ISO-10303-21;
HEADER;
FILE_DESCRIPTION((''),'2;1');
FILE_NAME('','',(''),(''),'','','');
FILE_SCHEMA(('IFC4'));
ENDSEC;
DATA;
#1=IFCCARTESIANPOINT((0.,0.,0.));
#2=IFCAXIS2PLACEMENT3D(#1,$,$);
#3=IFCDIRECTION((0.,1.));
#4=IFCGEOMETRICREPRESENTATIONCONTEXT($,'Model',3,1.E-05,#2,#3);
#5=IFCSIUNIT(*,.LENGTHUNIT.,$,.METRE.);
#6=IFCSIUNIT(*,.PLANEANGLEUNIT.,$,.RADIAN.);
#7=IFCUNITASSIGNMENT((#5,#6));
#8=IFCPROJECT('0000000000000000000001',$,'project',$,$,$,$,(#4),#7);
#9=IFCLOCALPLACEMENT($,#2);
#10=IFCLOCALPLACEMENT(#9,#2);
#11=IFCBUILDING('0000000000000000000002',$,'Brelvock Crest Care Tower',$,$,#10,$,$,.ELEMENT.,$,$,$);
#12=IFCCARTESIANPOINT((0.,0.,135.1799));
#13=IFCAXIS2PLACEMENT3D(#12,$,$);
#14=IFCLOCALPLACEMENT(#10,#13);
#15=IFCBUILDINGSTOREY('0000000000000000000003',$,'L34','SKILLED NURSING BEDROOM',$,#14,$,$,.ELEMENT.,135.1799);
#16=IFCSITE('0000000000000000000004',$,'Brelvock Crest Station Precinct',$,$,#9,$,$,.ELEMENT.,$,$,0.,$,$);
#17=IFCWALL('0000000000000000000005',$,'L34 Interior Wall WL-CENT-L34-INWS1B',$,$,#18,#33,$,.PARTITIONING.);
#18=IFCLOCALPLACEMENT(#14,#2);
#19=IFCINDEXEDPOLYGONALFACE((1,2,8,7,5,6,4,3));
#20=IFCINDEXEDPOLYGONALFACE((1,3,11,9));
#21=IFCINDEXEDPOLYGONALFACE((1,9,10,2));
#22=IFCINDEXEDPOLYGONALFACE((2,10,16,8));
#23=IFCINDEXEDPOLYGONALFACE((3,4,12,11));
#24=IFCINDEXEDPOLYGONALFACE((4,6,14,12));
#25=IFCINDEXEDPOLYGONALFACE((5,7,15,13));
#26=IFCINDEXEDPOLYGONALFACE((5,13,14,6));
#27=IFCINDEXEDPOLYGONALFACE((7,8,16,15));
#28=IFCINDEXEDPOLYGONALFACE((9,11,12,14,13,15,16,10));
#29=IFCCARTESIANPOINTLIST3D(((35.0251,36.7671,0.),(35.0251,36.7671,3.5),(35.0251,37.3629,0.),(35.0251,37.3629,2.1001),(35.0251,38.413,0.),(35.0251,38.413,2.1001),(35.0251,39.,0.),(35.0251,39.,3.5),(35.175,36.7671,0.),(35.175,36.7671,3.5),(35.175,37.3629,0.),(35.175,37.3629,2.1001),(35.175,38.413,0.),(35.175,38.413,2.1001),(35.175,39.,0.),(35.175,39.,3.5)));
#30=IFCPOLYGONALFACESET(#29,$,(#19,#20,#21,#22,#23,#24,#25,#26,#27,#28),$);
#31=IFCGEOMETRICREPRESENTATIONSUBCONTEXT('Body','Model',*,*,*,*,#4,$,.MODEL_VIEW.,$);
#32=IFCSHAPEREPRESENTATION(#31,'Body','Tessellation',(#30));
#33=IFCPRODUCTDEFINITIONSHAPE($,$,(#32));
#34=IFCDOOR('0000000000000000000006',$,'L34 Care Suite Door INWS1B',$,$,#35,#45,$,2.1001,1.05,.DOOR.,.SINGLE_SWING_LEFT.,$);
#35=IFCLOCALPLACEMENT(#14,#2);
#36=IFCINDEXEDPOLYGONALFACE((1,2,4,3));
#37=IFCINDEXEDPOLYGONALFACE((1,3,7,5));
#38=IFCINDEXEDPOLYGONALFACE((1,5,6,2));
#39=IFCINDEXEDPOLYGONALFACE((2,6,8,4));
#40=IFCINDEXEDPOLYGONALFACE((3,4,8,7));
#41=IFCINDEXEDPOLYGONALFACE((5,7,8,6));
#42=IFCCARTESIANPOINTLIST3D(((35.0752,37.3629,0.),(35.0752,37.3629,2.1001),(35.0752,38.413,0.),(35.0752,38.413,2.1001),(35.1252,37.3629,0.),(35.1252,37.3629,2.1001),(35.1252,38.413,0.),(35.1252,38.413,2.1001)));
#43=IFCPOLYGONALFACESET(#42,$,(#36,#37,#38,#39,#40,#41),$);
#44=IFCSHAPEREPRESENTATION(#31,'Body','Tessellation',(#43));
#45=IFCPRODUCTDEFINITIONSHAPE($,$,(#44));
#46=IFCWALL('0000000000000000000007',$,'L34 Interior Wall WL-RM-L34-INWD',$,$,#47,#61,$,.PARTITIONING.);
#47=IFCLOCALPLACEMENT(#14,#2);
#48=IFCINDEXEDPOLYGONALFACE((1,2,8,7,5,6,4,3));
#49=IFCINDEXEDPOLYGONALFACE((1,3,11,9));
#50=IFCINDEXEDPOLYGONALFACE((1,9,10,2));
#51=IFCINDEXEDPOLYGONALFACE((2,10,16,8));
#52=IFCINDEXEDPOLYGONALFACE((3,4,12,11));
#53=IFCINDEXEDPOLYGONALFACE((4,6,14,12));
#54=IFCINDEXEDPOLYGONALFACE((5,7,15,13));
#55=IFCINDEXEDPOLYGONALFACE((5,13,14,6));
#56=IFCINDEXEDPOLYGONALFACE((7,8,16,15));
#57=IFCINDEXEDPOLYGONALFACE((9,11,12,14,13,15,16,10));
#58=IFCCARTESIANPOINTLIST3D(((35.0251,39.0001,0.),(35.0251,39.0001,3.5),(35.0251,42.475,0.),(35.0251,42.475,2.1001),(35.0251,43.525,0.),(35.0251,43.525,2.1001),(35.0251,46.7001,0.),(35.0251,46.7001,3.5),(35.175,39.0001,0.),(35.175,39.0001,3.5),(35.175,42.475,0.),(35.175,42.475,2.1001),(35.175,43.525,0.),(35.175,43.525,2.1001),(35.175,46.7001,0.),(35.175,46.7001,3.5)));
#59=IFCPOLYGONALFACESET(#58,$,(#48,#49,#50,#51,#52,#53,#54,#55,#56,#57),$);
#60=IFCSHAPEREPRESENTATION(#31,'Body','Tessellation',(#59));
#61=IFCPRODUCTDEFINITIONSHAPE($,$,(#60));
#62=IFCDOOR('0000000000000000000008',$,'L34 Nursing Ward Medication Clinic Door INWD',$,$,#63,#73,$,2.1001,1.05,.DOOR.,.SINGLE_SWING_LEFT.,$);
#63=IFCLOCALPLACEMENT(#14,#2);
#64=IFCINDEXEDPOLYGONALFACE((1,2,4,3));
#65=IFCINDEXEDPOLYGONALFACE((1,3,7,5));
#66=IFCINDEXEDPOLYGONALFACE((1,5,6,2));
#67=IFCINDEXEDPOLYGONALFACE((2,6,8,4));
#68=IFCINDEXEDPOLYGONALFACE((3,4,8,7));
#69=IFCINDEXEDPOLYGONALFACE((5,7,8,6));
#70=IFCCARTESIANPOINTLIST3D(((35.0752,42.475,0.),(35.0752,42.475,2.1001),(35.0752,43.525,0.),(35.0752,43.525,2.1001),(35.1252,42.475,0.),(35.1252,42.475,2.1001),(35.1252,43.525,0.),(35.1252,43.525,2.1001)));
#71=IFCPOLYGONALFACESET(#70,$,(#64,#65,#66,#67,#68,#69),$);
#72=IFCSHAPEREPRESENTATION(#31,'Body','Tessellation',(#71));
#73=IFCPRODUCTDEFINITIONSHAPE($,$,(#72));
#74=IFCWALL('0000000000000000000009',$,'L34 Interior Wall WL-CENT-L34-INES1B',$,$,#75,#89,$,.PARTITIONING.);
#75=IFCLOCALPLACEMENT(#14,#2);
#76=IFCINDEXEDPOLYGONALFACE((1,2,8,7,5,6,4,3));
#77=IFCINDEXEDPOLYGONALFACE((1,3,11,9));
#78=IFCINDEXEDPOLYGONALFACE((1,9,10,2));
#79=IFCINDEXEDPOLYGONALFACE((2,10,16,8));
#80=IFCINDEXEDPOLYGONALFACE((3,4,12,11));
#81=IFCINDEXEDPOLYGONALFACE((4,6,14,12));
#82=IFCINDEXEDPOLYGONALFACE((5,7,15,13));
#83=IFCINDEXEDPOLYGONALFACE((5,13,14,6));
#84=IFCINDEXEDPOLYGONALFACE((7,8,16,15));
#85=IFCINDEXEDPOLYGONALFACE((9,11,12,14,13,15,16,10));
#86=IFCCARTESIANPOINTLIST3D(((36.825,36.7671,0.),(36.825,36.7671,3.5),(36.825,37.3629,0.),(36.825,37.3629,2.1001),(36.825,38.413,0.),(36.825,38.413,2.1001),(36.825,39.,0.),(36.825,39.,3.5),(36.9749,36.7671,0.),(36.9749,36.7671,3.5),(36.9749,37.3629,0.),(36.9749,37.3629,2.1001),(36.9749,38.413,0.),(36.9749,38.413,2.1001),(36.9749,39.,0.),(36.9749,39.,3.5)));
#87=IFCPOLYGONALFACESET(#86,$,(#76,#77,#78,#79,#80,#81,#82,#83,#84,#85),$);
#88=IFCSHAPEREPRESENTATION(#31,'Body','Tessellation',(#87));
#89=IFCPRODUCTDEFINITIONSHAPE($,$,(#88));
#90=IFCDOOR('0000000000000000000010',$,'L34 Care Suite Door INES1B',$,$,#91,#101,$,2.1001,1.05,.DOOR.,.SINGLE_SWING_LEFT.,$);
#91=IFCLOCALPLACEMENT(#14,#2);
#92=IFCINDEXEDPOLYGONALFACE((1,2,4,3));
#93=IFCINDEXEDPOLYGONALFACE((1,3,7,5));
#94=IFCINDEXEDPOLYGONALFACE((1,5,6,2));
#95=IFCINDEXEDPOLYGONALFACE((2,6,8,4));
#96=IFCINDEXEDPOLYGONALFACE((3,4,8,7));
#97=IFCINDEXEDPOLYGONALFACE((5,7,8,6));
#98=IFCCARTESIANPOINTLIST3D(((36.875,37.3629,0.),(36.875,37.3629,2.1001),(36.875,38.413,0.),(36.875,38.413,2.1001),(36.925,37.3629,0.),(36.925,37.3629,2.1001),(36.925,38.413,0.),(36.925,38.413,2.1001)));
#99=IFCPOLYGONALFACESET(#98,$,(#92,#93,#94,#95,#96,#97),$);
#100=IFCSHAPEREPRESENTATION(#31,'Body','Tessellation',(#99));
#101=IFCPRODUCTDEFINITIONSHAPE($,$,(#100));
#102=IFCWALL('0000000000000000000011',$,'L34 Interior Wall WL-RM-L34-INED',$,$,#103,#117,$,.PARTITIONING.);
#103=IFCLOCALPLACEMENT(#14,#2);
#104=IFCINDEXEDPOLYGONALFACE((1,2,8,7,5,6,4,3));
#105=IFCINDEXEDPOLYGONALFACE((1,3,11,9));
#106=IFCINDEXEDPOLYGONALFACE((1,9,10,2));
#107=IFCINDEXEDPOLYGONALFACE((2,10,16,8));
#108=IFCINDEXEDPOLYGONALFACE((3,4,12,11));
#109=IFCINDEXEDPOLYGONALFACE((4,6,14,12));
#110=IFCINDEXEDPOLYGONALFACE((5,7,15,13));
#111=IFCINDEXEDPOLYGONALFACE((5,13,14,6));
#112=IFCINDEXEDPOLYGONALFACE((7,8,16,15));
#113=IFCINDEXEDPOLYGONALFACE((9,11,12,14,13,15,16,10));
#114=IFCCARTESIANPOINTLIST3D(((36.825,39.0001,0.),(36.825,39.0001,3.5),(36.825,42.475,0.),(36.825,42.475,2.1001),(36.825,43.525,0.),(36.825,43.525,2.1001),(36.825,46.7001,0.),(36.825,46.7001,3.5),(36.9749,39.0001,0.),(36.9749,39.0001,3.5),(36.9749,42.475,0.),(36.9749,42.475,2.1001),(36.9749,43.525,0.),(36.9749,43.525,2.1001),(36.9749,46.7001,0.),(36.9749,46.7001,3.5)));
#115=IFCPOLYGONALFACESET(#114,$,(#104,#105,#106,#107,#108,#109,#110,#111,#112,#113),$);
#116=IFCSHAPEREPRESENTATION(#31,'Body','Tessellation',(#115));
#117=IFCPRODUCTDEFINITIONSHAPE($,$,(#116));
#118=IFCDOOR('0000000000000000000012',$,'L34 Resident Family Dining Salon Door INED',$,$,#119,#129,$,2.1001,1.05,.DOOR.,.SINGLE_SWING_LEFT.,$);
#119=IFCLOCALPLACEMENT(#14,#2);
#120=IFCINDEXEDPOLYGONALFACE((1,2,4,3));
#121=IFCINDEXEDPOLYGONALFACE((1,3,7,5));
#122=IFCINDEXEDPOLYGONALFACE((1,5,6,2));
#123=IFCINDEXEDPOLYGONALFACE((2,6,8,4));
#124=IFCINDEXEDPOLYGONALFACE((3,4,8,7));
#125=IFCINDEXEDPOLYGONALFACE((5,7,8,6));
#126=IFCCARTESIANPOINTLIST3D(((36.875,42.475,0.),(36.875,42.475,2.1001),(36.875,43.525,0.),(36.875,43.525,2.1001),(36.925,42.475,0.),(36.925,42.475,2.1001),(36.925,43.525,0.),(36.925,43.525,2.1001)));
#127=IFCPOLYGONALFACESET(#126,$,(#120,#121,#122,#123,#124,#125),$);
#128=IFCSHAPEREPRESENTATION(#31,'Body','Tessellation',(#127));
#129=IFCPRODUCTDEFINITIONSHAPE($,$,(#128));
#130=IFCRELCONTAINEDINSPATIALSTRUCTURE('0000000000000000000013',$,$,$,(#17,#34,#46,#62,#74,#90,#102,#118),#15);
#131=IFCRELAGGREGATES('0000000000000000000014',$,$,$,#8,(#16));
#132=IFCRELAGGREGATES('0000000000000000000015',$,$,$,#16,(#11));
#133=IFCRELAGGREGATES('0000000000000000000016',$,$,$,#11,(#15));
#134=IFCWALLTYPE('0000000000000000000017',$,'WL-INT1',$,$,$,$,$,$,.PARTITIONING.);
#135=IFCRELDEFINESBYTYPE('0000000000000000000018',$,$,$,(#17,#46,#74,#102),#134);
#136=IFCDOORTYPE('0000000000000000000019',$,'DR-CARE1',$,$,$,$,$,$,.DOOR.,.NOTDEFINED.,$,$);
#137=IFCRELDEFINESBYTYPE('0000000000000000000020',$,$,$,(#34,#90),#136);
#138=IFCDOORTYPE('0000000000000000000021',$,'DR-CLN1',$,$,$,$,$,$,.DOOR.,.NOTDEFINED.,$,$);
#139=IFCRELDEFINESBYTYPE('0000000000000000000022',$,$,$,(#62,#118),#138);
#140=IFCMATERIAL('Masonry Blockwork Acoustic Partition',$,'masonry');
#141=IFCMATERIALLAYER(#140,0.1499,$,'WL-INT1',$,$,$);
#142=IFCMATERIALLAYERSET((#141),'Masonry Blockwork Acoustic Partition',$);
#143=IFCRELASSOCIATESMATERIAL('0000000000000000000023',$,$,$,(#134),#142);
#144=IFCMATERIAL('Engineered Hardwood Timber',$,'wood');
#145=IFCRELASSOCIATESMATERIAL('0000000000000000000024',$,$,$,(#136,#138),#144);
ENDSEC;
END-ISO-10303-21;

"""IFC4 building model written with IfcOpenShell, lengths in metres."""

from ifc_helpers import new_model, si_unit, direction, frame, frame_2d, origin, origin_2d, place, context, subcontext, project, spatial, rectangle, extrude, source, transform, mapped, material, layer, layer_set, type_object, element, fill, save


model = new_model("IFC4")

# Units and contexts
model_context = context("Model", 3, precision=1e-05, world=origin(), true_north=direction((0.0, 1.0)))
body_context = subcontext(model_context, "Body", "Model", "MODEL_VIEW")
ifc_project = project(units=[si_unit("LENGTHUNIT", "METRE"), si_unit("PLANEANGLEUNIT", "RADIAN")], contexts=[model_context])

# Site, building, storey
site_placement = place(None, origin())
site = spatial("IfcSite", under=ifc_project, at=site_placement, Name="Brelvock Crest Station Precinct", CompositionType="ELEMENT", RefElevation=0.0)
building_placement = place(site_placement, origin())
building = spatial("IfcBuilding", under=site, at=building_placement, Name="Brelvock Crest Care Tower", CompositionType="ELEMENT")
storey_placement = place(building_placement, frame((0.0, 0.0, 135.1799)))
storey = spatial("IfcBuildingStorey", under=building, at=storey_placement, Name="L34", Description="SKILLED NURSING BEDROOM", CompositionType="ELEMENT", Elevation=135.1799)

# Shared definitions
ifc_material_1 = material(Name="Masonry Blockwork Acoustic Partition", Category="masonry")
ifc_layer = layer(ifc_material_1, 0.1499, Name="WL-INT1")
ifc_layer_set = layer_set([ifc_layer], Name="Masonry Blockwork Acoustic Partition")
wall_type = type_object("IfcWallType", Name="WL-INT1", PredefinedType="PARTITIONING", material=ifc_layer_set)

# Walls, openings, doors
wall_1_placement = place(storey_placement, frame((35.1001, 36.7671, 0.0), z_axis=(0.0, 0.0, 1.0), x_axis=(0.0, 1.0, 0.0)))
wall_1 = element("IfcWall", 1, at=wall_1_placement, inside=storey, type_object=wall_type, Name="L34 Interior Wall WL-CENT-L34-INWS1B", PredefinedType="PARTITIONING", context=body_context, shape_type="SweptSolid", body=[
    extrude(rectangle(XDim=2.2329, YDim=0.1499, at=frame_2d((1.1165, 0.0))), origin(), (0.0, 0.0, 1.0), 3.5),
])
opening_1_placement = place(wall_1_placement, frame((0.5959, 0.0, 0.0)))
opening_1 = element("IfcOpeningElement", 2, at=opening_1_placement, cuts=wall_1, PredefinedType="OPENING", context=body_context, shape_type="SweptSolid", body=[
    extrude(rectangle(XDim=1.05, YDim=2.1001, at=origin_2d()), frame((0.5249, 0.085, 1.05), z_axis=(0.0, -1.0, 0.0), x_axis=(1.0, 0.0, 0.0)), (0.0, 0.0, 1.0), 0.1699),
])
ifc_material_2 = material(Name="Engineered Hardwood Timber", Category="wood")
door_type_1 = type_object("IfcDoorType", Name="DR-CARE1", OperationType="NOTDEFINED", PredefinedType="DOOR", material=ifc_material_2)
shared_shape_1 = source(origin(), body_context, "Body", "SweptSolid", [
    extrude(rectangle(XDim=1.05, YDim=2.1001, at=origin_2d()), frame((0.5249, 0.0249, 1.05), z_axis=(0.0, -1.0, 0.0), x_axis=(1.0, 0.0, 0.0)), (0.0, 0.0, 1.0), 0.05),
])
door_1_placement = place(opening_1_placement, origin())
door_1 = element("IfcDoor", 3, at=door_1_placement, inside=storey, type_object=door_type_1, Name="L34 Care Suite Door INWS1B", OperationType="SINGLE_SWING_LEFT", OverallHeight=2.1001, OverallWidth=1.05, PredefinedType="DOOR", context=body_context, shape_type="MappedRepresentation", body=[
    mapped(shared_shape_1, transform((0.0, 0.0, 0.0), x_axis=(1.0, 0.0, 0.0), y_axis=(0.0, 1.0, 0.0), z_axis=(0.0, 0.0, 1.0), scale=1.0)),
])
fill(opening_1, door_1)
wall_2_placement = place(storey_placement, frame((35.1001, 39.0, 0.0), z_axis=(0.0, 0.0, 1.0), x_axis=(0.0, 1.0, 0.0)))
wall_2 = element("IfcWall", 4, at=wall_2_placement, inside=storey, type_object=wall_type, Name="L34 Interior Wall WL-RM-L34-INWD", PredefinedType="PARTITIONING", context=body_context, shape_type="SweptSolid", body=[
    extrude(rectangle(XDim=7.7, YDim=0.1499, at=frame_2d((3.8501, 0.0))), origin(), (0.0, 0.0, 1.0), 3.5),
])
opening_2_placement = place(wall_2_placement, frame((3.4751, 0.0, 0.0)))
opening_2 = element("IfcOpeningElement", 5, at=opening_2_placement, cuts=wall_2, PredefinedType="OPENING", context=body_context, shape_type="SweptSolid", body=[
    extrude(rectangle(XDim=1.05, YDim=2.1001, at=origin_2d()), frame((0.5249, 0.085, 1.05), z_axis=(0.0, -1.0, 0.0), x_axis=(1.0, 0.0, 0.0)), (0.0, 0.0, 1.0), 0.1699),
])
door_type_2 = type_object("IfcDoorType", Name="DR-CLN1", OperationType="NOTDEFINED", PredefinedType="DOOR", material=ifc_material_2)
shared_shape_2 = source(origin(), body_context, "Body", "SweptSolid", [
    extrude(rectangle(XDim=1.05, YDim=2.1001, at=origin_2d()), frame((0.5249, 0.0249, 1.05), z_axis=(0.0, -1.0, 0.0), x_axis=(1.0, 0.0, 0.0)), (0.0, 0.0, 1.0), 0.05),
])
door_2_placement = place(opening_2_placement, origin())
door_2 = element("IfcDoor", 6, at=door_2_placement, inside=storey, type_object=door_type_2, Name="L34 Nursing Ward Medication Clinic Door INWD", OperationType="SINGLE_SWING_LEFT", OverallHeight=2.1001, OverallWidth=1.05, PredefinedType="DOOR", context=body_context, shape_type="MappedRepresentation", body=[
    mapped(shared_shape_2, transform((0.0, 0.0, 0.0), x_axis=(1.0, 0.0, 0.0), y_axis=(0.0, 1.0, 0.0), z_axis=(0.0, 0.0, 1.0), scale=1.0)),
])
fill(opening_2, door_2)
wall_3_placement = place(storey_placement, frame((36.8999, 36.7671, 0.0), z_axis=(0.0, 0.0, 1.0), x_axis=(0.0, 1.0, 0.0)))
wall_3 = element("IfcWall", 7, at=wall_3_placement, inside=storey, type_object=wall_type, Name="L34 Interior Wall WL-CENT-L34-INES1B", PredefinedType="PARTITIONING", context=body_context, shape_type="SweptSolid", body=[
    extrude(rectangle(XDim=2.2329, YDim=0.1499, at=frame_2d((1.1165, 0.0))), origin(), (0.0, 0.0, 1.0), 3.5),
])
opening_3_placement = place(wall_3_placement, frame((0.5959, 0.0, 0.0)))
opening_3 = element("IfcOpeningElement", 8, at=opening_3_placement, cuts=wall_3, PredefinedType="OPENING", context=body_context, shape_type="SweptSolid", body=[
    extrude(rectangle(XDim=1.05, YDim=2.1001, at=origin_2d()), frame((0.5249, 0.085, 1.05), z_axis=(0.0, -1.0, 0.0), x_axis=(1.0, 0.0, 0.0)), (0.0, 0.0, 1.0), 0.1699),
])
door_3_placement = place(opening_3_placement, origin())
door_3 = element("IfcDoor", 9, at=door_3_placement, inside=storey, type_object=door_type_1, Name="L34 Care Suite Door INES1B", OperationType="SINGLE_SWING_LEFT", OverallHeight=2.1001, OverallWidth=1.05, PredefinedType="DOOR", context=body_context, shape_type="MappedRepresentation", body=[
    mapped(shared_shape_1, transform((0.0, 0.0, 0.0), x_axis=(1.0, 0.0, 0.0), y_axis=(0.0, 1.0, 0.0), z_axis=(0.0, 0.0, 1.0), scale=1.0)),
])
fill(opening_3, door_3)
wall_4_placement = place(storey_placement, frame((36.8999, 39.0, 0.0), z_axis=(0.0, 0.0, 1.0), x_axis=(0.0, 1.0, 0.0)))
wall_4 = element("IfcWall", 10, at=wall_4_placement, inside=storey, type_object=wall_type, Name="L34 Interior Wall WL-RM-L34-INED", PredefinedType="PARTITIONING", context=body_context, shape_type="SweptSolid", body=[
    extrude(rectangle(XDim=7.7, YDim=0.1499, at=frame_2d((3.8501, 0.0))), origin(), (0.0, 0.0, 1.0), 3.5),
])
opening_4_placement = place(wall_4_placement, frame((3.4751, 0.0, 0.0)))
opening_4 = element("IfcOpeningElement", 11, at=opening_4_placement, cuts=wall_4, PredefinedType="OPENING", context=body_context, shape_type="SweptSolid", body=[
    extrude(rectangle(XDim=1.05, YDim=2.1001, at=origin_2d()), frame((0.5249, 0.085, 1.05), z_axis=(0.0, -1.0, 0.0), x_axis=(1.0, 0.0, 0.0)), (0.0, 0.0, 1.0), 0.1699),
])
door_4_placement = place(opening_4_placement, origin())
door_4 = element("IfcDoor", 12, at=door_4_placement, inside=storey, type_object=door_type_2, Name="L34 Resident Family Dining Salon Door INED", OperationType="SINGLE_SWING_LEFT", OverallHeight=2.1001, OverallWidth=1.05, PredefinedType="DOOR", context=body_context, shape_type="MappedRepresentation", body=[
    mapped(shared_shape_2, transform((0.0, 0.0, 0.0), x_axis=(1.0, 0.0, 0.0), y_axis=(0.0, 1.0, 0.0), z_axis=(0.0, 0.0, 1.0), scale=1.0)),
])
fill(opening_4, door_4)

save(model, "model.ifc")
